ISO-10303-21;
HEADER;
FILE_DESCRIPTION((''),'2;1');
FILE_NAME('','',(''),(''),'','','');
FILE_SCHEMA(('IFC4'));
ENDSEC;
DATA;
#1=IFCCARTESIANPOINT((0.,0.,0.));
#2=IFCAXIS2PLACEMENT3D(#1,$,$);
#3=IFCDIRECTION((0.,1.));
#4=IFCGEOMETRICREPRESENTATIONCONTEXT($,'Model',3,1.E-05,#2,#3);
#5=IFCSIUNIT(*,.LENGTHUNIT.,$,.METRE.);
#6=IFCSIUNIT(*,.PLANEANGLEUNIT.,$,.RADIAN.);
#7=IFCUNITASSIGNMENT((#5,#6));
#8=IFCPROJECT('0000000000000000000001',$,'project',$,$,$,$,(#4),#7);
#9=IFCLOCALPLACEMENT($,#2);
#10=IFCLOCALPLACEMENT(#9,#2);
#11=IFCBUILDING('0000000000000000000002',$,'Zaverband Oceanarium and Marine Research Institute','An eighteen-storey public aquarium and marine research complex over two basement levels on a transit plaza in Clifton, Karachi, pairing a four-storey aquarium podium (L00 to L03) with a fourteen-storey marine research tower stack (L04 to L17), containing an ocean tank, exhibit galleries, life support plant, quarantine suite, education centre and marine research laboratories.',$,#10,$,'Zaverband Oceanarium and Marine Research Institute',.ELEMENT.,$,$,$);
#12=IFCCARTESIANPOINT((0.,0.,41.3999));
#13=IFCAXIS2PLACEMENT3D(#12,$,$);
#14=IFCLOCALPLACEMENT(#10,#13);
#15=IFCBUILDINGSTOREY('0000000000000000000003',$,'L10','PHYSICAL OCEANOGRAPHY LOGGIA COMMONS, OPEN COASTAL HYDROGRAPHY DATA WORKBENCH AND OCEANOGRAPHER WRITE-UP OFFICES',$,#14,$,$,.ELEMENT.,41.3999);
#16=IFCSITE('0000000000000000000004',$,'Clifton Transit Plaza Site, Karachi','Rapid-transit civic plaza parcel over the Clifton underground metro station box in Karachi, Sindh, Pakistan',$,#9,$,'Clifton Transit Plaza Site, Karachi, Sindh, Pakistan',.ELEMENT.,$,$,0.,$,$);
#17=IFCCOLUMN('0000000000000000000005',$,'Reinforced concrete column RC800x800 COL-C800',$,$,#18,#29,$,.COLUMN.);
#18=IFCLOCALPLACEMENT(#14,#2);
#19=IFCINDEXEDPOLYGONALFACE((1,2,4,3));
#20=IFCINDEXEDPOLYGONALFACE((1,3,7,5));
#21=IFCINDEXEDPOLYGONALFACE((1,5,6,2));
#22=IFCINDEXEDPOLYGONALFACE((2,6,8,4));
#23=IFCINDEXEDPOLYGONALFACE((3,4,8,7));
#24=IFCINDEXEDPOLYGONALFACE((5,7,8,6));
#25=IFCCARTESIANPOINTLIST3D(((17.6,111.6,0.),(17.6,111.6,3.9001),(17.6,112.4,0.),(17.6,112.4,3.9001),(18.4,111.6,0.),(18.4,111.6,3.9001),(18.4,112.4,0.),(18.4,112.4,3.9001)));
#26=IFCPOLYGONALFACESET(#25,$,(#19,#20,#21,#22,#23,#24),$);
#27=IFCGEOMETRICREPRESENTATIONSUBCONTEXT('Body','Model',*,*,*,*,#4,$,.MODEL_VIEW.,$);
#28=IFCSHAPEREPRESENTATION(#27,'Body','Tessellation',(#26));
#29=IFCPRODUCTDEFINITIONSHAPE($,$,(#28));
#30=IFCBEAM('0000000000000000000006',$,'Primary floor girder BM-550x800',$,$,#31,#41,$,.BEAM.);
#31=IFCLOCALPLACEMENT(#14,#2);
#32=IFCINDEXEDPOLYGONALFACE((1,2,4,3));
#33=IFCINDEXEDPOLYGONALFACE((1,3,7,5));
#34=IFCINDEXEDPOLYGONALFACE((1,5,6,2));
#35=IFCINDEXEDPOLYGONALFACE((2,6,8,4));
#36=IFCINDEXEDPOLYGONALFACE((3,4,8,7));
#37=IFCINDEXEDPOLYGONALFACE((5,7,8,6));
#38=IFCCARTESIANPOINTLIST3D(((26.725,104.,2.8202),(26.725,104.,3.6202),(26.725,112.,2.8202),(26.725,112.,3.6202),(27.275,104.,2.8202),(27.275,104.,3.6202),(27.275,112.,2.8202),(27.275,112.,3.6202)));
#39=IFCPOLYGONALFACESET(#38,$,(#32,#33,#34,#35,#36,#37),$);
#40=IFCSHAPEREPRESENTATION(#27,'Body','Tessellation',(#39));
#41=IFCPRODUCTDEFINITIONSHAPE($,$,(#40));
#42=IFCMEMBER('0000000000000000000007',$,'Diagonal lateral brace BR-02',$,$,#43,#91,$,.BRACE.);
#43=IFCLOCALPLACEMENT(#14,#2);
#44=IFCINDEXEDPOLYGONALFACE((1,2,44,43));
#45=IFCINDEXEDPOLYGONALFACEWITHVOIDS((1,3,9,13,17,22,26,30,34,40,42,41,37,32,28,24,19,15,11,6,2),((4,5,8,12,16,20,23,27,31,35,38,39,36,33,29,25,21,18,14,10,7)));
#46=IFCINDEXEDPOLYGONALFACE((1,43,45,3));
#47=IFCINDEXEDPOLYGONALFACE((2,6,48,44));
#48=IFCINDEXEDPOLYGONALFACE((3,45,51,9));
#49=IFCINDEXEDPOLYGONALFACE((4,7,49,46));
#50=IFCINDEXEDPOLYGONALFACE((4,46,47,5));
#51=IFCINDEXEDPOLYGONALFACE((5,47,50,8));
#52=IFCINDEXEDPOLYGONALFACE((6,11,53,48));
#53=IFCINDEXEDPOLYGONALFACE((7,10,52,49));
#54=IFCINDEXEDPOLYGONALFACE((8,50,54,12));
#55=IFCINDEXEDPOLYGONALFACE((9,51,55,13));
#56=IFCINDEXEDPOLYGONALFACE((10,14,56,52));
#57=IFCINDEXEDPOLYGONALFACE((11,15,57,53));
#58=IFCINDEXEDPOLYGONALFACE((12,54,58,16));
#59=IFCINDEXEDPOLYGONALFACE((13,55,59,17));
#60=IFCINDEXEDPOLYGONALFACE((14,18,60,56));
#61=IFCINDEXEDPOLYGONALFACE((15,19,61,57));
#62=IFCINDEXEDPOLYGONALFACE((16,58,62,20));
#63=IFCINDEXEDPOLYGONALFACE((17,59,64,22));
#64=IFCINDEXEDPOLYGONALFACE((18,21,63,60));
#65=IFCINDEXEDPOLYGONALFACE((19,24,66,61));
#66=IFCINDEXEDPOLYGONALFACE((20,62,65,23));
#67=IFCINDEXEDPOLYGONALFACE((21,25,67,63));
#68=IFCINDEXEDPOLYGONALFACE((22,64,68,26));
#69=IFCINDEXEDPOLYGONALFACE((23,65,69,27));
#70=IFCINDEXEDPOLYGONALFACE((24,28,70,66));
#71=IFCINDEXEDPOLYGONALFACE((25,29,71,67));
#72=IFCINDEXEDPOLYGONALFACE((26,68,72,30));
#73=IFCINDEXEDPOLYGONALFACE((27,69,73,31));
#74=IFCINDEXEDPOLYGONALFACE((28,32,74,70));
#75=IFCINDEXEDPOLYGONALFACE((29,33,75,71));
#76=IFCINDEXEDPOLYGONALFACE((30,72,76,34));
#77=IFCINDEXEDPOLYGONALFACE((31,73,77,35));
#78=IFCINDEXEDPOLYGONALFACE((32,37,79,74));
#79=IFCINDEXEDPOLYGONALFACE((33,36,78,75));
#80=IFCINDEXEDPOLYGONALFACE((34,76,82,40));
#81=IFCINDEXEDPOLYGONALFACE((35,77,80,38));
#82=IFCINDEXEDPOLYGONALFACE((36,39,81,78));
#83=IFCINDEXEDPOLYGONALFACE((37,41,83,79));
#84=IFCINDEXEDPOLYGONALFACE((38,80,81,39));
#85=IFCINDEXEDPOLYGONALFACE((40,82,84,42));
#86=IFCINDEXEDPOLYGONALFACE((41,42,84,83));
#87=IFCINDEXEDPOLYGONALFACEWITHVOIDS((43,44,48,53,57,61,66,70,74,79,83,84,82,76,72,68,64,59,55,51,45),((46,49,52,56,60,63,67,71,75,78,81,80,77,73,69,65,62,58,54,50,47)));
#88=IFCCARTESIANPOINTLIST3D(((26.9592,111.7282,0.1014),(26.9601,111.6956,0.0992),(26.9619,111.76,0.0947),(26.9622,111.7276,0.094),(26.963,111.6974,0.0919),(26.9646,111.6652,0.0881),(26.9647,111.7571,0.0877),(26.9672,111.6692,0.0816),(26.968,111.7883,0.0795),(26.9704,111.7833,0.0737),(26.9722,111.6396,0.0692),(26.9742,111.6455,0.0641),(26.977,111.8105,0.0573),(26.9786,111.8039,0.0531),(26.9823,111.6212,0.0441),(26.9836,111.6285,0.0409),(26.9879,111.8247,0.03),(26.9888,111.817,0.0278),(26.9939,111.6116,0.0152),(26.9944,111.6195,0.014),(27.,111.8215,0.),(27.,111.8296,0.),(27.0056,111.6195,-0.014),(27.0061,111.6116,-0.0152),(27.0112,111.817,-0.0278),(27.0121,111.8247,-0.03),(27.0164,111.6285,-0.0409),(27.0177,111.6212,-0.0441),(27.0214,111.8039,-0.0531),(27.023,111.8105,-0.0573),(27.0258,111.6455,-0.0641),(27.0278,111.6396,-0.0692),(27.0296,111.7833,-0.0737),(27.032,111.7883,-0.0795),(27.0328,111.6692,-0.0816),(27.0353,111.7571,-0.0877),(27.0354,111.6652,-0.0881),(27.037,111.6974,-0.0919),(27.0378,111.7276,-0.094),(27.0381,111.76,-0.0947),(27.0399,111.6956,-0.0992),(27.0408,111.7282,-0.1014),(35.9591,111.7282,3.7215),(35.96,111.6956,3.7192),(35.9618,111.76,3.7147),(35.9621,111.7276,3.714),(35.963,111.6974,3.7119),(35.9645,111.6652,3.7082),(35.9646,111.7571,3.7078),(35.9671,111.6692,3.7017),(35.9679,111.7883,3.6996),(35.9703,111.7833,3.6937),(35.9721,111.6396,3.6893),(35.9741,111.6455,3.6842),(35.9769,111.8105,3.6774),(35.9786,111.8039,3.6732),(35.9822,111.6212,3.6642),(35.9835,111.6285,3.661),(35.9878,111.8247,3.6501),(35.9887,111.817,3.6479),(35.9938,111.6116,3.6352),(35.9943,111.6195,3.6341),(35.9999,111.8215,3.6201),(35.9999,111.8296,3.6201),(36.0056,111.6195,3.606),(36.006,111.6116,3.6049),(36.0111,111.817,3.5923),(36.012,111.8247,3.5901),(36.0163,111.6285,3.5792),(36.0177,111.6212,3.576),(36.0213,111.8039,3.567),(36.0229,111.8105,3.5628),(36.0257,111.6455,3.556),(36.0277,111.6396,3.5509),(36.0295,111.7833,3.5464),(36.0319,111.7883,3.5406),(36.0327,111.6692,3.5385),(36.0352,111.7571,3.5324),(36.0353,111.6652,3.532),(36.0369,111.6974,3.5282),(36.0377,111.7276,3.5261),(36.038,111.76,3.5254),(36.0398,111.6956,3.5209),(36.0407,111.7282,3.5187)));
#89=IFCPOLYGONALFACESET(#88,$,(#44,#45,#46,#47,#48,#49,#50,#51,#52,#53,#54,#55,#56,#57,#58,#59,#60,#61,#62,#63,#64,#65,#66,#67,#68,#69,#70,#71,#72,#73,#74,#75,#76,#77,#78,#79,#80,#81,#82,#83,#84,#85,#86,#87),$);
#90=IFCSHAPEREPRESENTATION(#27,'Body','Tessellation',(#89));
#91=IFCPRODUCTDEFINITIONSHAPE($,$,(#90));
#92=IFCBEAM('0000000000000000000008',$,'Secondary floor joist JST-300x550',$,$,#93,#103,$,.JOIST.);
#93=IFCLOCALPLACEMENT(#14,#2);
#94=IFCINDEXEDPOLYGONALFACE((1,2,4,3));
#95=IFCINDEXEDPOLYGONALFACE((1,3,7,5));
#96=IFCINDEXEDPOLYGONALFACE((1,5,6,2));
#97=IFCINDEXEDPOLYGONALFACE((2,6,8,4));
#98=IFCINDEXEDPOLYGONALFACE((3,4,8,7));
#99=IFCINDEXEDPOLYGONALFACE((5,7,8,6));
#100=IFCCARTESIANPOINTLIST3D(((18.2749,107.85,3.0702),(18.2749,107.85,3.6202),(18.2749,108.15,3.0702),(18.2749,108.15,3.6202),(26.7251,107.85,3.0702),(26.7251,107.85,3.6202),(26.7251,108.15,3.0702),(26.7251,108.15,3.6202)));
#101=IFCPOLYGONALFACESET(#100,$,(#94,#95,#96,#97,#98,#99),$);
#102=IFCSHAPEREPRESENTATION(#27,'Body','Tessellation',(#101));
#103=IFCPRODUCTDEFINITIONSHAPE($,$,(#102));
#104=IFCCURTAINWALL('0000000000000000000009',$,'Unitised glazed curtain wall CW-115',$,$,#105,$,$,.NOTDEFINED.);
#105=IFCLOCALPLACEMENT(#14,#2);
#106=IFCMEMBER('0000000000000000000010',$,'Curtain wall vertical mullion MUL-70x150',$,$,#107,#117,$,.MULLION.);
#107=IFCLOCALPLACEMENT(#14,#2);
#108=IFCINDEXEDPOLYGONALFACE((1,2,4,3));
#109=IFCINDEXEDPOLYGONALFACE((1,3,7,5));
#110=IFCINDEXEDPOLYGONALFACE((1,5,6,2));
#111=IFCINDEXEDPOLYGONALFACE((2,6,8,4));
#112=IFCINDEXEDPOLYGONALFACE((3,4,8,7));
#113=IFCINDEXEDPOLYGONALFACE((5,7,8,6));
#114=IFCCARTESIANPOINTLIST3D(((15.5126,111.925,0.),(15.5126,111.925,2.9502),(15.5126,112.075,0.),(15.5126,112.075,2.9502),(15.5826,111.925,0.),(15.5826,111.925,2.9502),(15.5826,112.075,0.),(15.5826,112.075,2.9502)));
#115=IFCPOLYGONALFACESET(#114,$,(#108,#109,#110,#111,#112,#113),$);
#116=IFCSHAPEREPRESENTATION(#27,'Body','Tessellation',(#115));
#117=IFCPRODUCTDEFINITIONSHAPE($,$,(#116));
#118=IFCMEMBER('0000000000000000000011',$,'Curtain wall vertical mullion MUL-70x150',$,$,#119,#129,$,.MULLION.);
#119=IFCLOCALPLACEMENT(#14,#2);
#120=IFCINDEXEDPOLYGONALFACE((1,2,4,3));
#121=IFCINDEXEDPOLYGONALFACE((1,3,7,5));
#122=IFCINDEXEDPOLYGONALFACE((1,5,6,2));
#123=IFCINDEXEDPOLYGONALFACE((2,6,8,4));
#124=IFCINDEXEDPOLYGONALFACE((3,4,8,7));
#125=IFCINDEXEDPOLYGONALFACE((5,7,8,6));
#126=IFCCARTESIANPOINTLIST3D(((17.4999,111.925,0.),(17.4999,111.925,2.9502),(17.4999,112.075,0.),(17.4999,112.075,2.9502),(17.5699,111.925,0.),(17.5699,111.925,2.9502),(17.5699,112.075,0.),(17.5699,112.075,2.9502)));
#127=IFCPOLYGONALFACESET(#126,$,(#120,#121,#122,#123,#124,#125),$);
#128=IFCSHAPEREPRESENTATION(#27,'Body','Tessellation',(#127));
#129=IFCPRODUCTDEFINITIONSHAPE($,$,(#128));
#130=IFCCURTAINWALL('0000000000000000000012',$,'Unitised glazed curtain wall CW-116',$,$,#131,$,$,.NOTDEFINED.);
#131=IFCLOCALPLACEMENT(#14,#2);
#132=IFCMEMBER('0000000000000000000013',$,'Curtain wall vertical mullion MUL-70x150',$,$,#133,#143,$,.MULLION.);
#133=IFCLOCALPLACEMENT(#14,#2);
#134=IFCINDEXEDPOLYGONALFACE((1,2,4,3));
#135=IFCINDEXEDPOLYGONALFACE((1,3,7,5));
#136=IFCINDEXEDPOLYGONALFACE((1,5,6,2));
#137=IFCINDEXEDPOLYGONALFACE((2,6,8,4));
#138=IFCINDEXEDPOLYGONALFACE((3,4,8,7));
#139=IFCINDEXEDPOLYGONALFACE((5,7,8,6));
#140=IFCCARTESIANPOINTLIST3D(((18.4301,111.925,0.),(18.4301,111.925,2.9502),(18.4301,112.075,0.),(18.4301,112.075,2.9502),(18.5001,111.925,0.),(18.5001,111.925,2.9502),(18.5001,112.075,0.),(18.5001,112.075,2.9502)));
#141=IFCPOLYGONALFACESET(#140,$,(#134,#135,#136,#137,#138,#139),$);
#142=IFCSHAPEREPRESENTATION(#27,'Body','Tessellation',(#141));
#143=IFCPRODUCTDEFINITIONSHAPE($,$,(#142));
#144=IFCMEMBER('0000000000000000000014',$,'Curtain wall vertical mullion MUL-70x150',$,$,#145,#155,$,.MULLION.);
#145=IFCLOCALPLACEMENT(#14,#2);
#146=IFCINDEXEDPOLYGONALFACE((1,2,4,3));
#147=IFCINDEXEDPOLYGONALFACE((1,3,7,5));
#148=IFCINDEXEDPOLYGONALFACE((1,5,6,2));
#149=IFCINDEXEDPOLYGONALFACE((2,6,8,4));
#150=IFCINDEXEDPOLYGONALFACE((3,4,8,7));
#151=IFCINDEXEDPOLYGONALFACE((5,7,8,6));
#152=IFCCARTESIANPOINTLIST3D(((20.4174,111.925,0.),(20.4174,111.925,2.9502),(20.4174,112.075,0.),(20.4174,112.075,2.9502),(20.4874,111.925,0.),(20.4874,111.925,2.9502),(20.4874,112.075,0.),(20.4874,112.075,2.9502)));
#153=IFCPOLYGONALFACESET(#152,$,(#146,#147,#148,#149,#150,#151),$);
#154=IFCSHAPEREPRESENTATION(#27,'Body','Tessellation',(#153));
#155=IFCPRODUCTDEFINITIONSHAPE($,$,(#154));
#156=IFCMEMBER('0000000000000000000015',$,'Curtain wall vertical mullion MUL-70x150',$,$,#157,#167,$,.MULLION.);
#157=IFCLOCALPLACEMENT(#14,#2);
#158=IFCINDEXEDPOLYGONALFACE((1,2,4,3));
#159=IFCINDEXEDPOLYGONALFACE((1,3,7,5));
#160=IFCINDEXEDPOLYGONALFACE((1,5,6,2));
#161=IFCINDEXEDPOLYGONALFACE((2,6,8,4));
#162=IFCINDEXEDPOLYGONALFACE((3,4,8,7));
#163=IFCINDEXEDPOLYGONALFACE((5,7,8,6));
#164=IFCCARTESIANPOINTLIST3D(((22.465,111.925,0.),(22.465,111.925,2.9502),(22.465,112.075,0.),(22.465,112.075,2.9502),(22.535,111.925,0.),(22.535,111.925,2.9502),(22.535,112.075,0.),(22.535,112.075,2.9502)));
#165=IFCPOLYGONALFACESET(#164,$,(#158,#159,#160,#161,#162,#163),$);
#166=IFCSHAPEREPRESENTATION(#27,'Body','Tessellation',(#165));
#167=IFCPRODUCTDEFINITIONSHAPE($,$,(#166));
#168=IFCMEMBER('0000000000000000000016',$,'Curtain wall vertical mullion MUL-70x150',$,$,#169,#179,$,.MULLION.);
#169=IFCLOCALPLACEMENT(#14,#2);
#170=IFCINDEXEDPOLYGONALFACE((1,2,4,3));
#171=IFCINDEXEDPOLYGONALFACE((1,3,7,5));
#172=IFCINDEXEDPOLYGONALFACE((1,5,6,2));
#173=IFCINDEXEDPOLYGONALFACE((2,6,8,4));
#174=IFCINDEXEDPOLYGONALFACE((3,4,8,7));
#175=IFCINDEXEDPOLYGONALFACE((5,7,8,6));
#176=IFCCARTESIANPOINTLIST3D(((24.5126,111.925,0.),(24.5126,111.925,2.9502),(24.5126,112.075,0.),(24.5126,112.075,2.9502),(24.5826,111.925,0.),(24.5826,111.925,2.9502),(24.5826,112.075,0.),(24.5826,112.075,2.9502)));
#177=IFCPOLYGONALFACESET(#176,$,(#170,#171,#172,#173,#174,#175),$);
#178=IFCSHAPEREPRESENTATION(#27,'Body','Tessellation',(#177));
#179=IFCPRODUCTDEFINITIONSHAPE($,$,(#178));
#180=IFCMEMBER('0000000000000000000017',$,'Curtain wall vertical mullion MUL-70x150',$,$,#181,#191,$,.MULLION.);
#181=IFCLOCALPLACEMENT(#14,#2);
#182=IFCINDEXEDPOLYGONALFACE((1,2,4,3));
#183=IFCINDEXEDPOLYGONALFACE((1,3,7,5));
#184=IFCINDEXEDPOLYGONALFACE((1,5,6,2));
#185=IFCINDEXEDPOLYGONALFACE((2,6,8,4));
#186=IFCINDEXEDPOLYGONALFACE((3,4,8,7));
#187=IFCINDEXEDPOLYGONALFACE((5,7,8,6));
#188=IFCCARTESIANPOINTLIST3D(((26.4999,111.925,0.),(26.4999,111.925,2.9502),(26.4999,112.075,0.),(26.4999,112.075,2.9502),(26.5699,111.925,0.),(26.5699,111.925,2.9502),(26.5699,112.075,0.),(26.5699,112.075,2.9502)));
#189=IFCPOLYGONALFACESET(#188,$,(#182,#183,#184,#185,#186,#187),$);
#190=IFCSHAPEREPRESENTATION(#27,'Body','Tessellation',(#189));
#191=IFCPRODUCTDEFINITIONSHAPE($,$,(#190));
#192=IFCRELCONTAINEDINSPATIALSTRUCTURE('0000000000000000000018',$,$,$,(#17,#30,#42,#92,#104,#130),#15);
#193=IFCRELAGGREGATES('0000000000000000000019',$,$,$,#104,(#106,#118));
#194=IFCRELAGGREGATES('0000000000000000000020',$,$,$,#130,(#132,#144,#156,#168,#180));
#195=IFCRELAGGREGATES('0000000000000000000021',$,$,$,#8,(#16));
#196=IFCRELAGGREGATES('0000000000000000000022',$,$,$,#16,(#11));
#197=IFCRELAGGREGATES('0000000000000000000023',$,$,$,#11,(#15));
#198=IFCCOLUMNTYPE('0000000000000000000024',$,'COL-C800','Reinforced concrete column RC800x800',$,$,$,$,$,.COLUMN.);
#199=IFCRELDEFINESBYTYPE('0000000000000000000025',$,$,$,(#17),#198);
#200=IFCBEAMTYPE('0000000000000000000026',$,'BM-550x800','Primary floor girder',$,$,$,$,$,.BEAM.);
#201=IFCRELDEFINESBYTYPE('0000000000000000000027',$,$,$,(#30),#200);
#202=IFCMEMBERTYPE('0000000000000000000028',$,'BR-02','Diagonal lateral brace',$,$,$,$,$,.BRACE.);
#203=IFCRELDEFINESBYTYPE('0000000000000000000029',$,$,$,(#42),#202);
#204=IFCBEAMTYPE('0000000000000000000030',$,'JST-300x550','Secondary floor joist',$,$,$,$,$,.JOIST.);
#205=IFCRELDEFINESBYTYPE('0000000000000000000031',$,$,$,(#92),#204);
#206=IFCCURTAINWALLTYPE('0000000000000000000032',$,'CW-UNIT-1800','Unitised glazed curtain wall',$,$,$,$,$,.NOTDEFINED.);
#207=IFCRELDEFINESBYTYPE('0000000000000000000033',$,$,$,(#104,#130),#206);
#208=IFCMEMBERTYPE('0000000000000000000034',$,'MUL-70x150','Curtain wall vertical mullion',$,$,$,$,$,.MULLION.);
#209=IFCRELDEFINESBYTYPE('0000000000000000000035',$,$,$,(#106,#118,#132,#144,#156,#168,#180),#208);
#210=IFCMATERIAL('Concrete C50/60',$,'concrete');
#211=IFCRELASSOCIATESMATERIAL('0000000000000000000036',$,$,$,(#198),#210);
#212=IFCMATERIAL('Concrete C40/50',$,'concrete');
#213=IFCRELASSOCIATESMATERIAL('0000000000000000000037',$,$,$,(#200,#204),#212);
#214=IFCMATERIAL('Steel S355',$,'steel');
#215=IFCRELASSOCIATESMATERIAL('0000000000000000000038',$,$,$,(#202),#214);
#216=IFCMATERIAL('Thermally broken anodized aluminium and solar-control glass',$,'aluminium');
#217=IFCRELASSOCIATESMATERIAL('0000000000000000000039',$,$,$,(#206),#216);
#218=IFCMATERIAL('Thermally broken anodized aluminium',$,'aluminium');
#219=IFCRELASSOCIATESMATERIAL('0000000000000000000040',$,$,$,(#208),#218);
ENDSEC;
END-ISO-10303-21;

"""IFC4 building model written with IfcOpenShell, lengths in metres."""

from ifc_helpers import new_model, si_unit, direction, frame, origin, origin_2d, place, context, subcontext, project, spatial, rectangle, hollow_circle, extrude, material, material_profile, profile_set, type_object, element, aggregate, save


model = new_model("IFC4")

# Units and contexts
model_context = context("Model", 3, precision=1e-05, world=origin(), true_north=direction((0.0, 1.0)))
body_context = subcontext(model_context, "Body", "Model", "MODEL_VIEW")
ifc_project = project(units=[si_unit("LENGTHUNIT", "METRE"), si_unit("PLANEANGLEUNIT", "RADIAN")], contexts=[model_context])

# Site, building, storey
site_placement = place(None, origin())
site = spatial("IfcSite", under=ifc_project, at=site_placement, Name="Clifton Transit Plaza Site, Karachi", Description="Rapid-transit civic plaza parcel over the Clifton underground metro station box in Karachi, Sindh, Pakistan", LongName="Clifton Transit Plaza Site, Karachi, Sindh, Pakistan", CompositionType="ELEMENT", RefElevation=0.0)
building_placement = place(site_placement, origin())
building = spatial("IfcBuilding", under=site, at=building_placement, Name="Zaverband Oceanarium and Marine Research Institute", Description="An eighteen-storey public aquarium and marine research complex over two basement levels on a transit plaza in Clifton, Karachi, pairing a four-storey aquarium podium (L00 to L03) with a fourteen-storey marine research tower stack (L04 to L17), containing an ocean tank, exhibit galleries, life support plant, quarantine suite, education centre and marine research laboratories.", LongName="Zaverband Oceanarium and Marine Research Institute", CompositionType="ELEMENT")
storey_placement = place(building_placement, frame((0.0, 0.0, 41.3999)))
storey = spatial("IfcBuildingStorey", under=building, at=storey_placement, Name="L10", Description="PHYSICAL OCEANOGRAPHY LOGGIA COMMONS, OPEN COASTAL HYDROGRAPHY DATA WORKBENCH AND OCEANOGRAPHER WRITE-UP OFFICES", CompositionType="ELEMENT", Elevation=41.3999)

# Column
ifc_material_1 = material(Name="Concrete C50/60", Category="concrete")
ifc_material_profile_1 = material_profile(ifc_material_1, rectangle(XDim=0.8, YDim=0.8, at=origin_2d()), Name="RC800x800")
ifc_profile_set_1 = profile_set([ifc_material_profile_1], Name="Concrete C50/60")
column_type = type_object("IfcColumnType", Name="COL-C800", Description="Reinforced concrete column RC800x800", PredefinedType="COLUMN", material=ifc_profile_set_1)
column_placement = place(storey_placement, frame((18.0, 112.0, 0.0), z_axis=(0.0, 0.0, 1.0), x_axis=(1.0, 0.0, 0.0)))
element("IfcColumn", 1, at=column_placement, inside=storey, type_object=column_type, Name="Reinforced concrete column RC800x800 COL-C800", PredefinedType="COLUMN", context=body_context, shape_type="SweptSolid", body=[
    extrude(rectangle(XDim=0.8, YDim=0.8, at=origin_2d()), origin(), (0.0, 0.0, 1.0), 3.9001),
])

# Beam
ifc_material_2 = material(Name="Concrete C40/50", Category="concrete")
ifc_material_profile_2 = material_profile(ifc_material_2, rectangle(XDim=0.55, YDim=0.8, at=origin_2d()), Name="RC550x800")
ifc_profile_set_2 = profile_set([ifc_material_profile_2], Name="Concrete C40/50")
beam_type_1 = type_object("IfcBeamType", Name="BM-550x800", Description="Primary floor girder", PredefinedType="BEAM", material=ifc_profile_set_2)
beam_1_placement = place(storey_placement, frame((27.0, 104.0, 3.2202), z_axis=(0.0, 1.0, 0.0), x_axis=(-1.0, 0.0, 0.0)))
element("IfcBeam", 2, at=beam_1_placement, inside=storey, type_object=beam_type_1, Name="Primary floor girder BM-550x800", PredefinedType="BEAM", context=body_context, shape_type="SweptSolid", body=[
    extrude(rectangle(XDim=0.55, YDim=0.8, at=origin_2d()), origin(), (0.0, 0.0, 1.0), 8.0),
])

# Member
ifc_material_3 = material(Name="Steel S355", Category="steel")
ifc_material_profile_3 = material_profile(ifc_material_3, hollow_circle(Radius=0.1096, WallThickness=0.0081, at=origin_2d()), Name="CHS219x8")
ifc_profile_set_3 = profile_set([ifc_material_profile_3], Name="Steel S355")
member_type_1 = type_object("IfcMemberType", Name="BR-02", Description="Diagonal lateral brace", PredefinedType="BRACE", material=ifc_profile_set_3)
member_1_placement = place(storey_placement, frame((27.0, 111.72, 0.0), z_axis=(0.92776, 0.0, 0.373178), x_axis=(0.0, 1.0, 0.0)))
element("IfcMember", 3, at=member_1_placement, inside=storey, type_object=member_type_1, Name="Diagonal lateral brace BR-02", PredefinedType="BRACE", context=body_context, shape_type="SweptSolid", body=[
    extrude(hollow_circle(Radius=0.1096, WallThickness=0.0081, at=origin_2d()), origin(), (0.0, 0.0, 1.0), 9.7007),
])

# Beam
ifc_material_profile_4 = material_profile(ifc_material_2, rectangle(XDim=0.3, YDim=0.55, at=origin_2d()), Name="RC300x550")
ifc_profile_set_4 = profile_set([ifc_material_profile_4], Name="Concrete C40/50")
beam_type_2 = type_object("IfcBeamType", Name="JST-300x550", Description="Secondary floor joist", PredefinedType="JOIST", material=ifc_profile_set_4)
beam_2_placement = place(storey_placement, frame((18.2749, 108.0, 3.3452), z_axis=(1.0, 0.0, 0.0), x_axis=(0.0, 1.0, 0.0)))
element("IfcBeam", 4, at=beam_2_placement, inside=storey, type_object=beam_type_2, Name="Secondary floor joist JST-300x550", PredefinedType="JOIST", context=body_context, shape_type="SweptSolid", body=[
    extrude(rectangle(XDim=0.3, YDim=0.55, at=origin_2d()), origin(), (0.0, 0.0, 1.0), 8.4502),
])

# Curtain walls, members
ifc_material_4 = material(Name="Thermally broken anodized aluminium and solar-control glass", Category="aluminium")
curtain_wall_type = type_object("IfcCurtainWallType", Name="CW-UNIT-1800", Description="Unitised glazed curtain wall", PredefinedType="NOTDEFINED", material=ifc_material_4)
curtain_wall_1_placement = place(storey_placement, origin())
curtain_wall_1 = element("IfcCurtainWall", 5, at=curtain_wall_1_placement, inside=storey, type_object=curtain_wall_type, Name="Unitised glazed curtain wall CW-115", PredefinedType="NOTDEFINED")
ifc_material_5 = material(Name="Thermally broken anodized aluminium", Category="aluminium")
ifc_material_profile_5 = material_profile(ifc_material_5, rectangle(XDim=0.0701, YDim=0.1499, at=origin_2d()), Name="AL-MUL-70x150")
ifc_profile_set_5 = profile_set([ifc_material_profile_5], Name="Thermally broken anodized aluminium")
member_type_2 = type_object("IfcMemberType", Name="MUL-70x150", Description="Curtain wall vertical mullion", PredefinedType="MULLION", material=ifc_profile_set_5)
member_2_placement = place(storey_placement, frame((15.5476, 112.0, 0.0), z_axis=(0.0, 0.0, 1.0), x_axis=(1.0, 0.0, 0.0)))
member_2 = element("IfcMember", 6, at=member_2_placement, type_object=member_type_2, Name="Curtain wall vertical mullion MUL-70x150", PredefinedType="MULLION", context=body_context, shape_type="SweptSolid", body=[
    extrude(rectangle(XDim=0.0701, YDim=0.1499, at=origin_2d()), origin(), (0.0, 0.0, 1.0), 2.9502),
])
member_3_placement = place(storey_placement, frame((17.5349, 112.0, 0.0), z_axis=(0.0, 0.0, 1.0), x_axis=(1.0, 0.0, 0.0)))
member_3 = element("IfcMember", 7, at=member_3_placement, type_object=member_type_2, Name="Curtain wall vertical mullion MUL-70x150", PredefinedType="MULLION", context=body_context, shape_type="SweptSolid", body=[
    extrude(rectangle(XDim=0.0701, YDim=0.1499, at=origin_2d()), origin(), (0.0, 0.0, 1.0), 2.9502),
])
curtain_wall_2_placement = place(storey_placement, origin())
curtain_wall_2 = element("IfcCurtainWall", 8, at=curtain_wall_2_placement, inside=storey, type_object=curtain_wall_type, Name="Unitised glazed curtain wall CW-116", PredefinedType="NOTDEFINED")
member_4_placement = place(storey_placement, frame((18.4651, 112.0, 0.0), z_axis=(0.0, 0.0, 1.0), x_axis=(1.0, 0.0, 0.0)))
member_4 = element("IfcMember", 9, at=member_4_placement, type_object=member_type_2, Name="Curtain wall vertical mullion MUL-70x150", PredefinedType="MULLION", context=body_context, shape_type="SweptSolid", body=[
    extrude(rectangle(XDim=0.0701, YDim=0.1499, at=origin_2d()), origin(), (0.0, 0.0, 1.0), 2.9502),
])
member_5_placement = place(storey_placement, frame((20.4524, 112.0, 0.0), z_axis=(0.0, 0.0, 1.0), x_axis=(1.0, 0.0, 0.0)))
member_5 = element("IfcMember", 10, at=member_5_placement, type_object=member_type_2, Name="Curtain wall vertical mullion MUL-70x150", PredefinedType="MULLION", context=body_context, shape_type="SweptSolid", body=[
    extrude(rectangle(XDim=0.0701, YDim=0.1499, at=origin_2d()), origin(), (0.0, 0.0, 1.0), 2.9502),
])
member_6_placement = place(storey_placement, frame((22.5, 112.0, 0.0), z_axis=(0.0, 0.0, 1.0), x_axis=(1.0, 0.0, 0.0)))
member_6 = element("IfcMember", 11, at=member_6_placement, type_object=member_type_2, Name="Curtain wall vertical mullion MUL-70x150", PredefinedType="MULLION", context=body_context, shape_type="SweptSolid", body=[
    extrude(rectangle(XDim=0.0701, YDim=0.1499, at=origin_2d()), origin(), (0.0, 0.0, 1.0), 2.9502),
])
member_7_placement = place(storey_placement, frame((24.5476, 112.0, 0.0), z_axis=(0.0, 0.0, 1.0), x_axis=(1.0, 0.0, 0.0)))
member_7 = element("IfcMember", 12, at=member_7_placement, type_object=member_type_2, Name="Curtain wall vertical mullion MUL-70x150", PredefinedType="MULLION", context=body_context, shape_type="SweptSolid", body=[
    extrude(rectangle(XDim=0.0701, YDim=0.1499, at=origin_2d()), origin(), (0.0, 0.0, 1.0), 2.9502),
])
member_8_placement = place(storey_placement, frame((26.5349, 112.0, 0.0), z_axis=(0.0, 0.0, 1.0), x_axis=(1.0, 0.0, 0.0)))
member_8 = element("IfcMember", 13, at=member_8_placement, type_object=member_type_2, Name="Curtain wall vertical mullion MUL-70x150", PredefinedType="MULLION", context=body_context, shape_type="SweptSolid", body=[
    extrude(rectangle(XDim=0.0701, YDim=0.1499, at=origin_2d()), origin(), (0.0, 0.0, 1.0), 2.9502),
])

aggregate(curtain_wall_1, [member_2, member_3])
aggregate(curtain_wall_2, [member_4, member_5, member_6, member_7, member_8])

save(model, "model.ifc")
